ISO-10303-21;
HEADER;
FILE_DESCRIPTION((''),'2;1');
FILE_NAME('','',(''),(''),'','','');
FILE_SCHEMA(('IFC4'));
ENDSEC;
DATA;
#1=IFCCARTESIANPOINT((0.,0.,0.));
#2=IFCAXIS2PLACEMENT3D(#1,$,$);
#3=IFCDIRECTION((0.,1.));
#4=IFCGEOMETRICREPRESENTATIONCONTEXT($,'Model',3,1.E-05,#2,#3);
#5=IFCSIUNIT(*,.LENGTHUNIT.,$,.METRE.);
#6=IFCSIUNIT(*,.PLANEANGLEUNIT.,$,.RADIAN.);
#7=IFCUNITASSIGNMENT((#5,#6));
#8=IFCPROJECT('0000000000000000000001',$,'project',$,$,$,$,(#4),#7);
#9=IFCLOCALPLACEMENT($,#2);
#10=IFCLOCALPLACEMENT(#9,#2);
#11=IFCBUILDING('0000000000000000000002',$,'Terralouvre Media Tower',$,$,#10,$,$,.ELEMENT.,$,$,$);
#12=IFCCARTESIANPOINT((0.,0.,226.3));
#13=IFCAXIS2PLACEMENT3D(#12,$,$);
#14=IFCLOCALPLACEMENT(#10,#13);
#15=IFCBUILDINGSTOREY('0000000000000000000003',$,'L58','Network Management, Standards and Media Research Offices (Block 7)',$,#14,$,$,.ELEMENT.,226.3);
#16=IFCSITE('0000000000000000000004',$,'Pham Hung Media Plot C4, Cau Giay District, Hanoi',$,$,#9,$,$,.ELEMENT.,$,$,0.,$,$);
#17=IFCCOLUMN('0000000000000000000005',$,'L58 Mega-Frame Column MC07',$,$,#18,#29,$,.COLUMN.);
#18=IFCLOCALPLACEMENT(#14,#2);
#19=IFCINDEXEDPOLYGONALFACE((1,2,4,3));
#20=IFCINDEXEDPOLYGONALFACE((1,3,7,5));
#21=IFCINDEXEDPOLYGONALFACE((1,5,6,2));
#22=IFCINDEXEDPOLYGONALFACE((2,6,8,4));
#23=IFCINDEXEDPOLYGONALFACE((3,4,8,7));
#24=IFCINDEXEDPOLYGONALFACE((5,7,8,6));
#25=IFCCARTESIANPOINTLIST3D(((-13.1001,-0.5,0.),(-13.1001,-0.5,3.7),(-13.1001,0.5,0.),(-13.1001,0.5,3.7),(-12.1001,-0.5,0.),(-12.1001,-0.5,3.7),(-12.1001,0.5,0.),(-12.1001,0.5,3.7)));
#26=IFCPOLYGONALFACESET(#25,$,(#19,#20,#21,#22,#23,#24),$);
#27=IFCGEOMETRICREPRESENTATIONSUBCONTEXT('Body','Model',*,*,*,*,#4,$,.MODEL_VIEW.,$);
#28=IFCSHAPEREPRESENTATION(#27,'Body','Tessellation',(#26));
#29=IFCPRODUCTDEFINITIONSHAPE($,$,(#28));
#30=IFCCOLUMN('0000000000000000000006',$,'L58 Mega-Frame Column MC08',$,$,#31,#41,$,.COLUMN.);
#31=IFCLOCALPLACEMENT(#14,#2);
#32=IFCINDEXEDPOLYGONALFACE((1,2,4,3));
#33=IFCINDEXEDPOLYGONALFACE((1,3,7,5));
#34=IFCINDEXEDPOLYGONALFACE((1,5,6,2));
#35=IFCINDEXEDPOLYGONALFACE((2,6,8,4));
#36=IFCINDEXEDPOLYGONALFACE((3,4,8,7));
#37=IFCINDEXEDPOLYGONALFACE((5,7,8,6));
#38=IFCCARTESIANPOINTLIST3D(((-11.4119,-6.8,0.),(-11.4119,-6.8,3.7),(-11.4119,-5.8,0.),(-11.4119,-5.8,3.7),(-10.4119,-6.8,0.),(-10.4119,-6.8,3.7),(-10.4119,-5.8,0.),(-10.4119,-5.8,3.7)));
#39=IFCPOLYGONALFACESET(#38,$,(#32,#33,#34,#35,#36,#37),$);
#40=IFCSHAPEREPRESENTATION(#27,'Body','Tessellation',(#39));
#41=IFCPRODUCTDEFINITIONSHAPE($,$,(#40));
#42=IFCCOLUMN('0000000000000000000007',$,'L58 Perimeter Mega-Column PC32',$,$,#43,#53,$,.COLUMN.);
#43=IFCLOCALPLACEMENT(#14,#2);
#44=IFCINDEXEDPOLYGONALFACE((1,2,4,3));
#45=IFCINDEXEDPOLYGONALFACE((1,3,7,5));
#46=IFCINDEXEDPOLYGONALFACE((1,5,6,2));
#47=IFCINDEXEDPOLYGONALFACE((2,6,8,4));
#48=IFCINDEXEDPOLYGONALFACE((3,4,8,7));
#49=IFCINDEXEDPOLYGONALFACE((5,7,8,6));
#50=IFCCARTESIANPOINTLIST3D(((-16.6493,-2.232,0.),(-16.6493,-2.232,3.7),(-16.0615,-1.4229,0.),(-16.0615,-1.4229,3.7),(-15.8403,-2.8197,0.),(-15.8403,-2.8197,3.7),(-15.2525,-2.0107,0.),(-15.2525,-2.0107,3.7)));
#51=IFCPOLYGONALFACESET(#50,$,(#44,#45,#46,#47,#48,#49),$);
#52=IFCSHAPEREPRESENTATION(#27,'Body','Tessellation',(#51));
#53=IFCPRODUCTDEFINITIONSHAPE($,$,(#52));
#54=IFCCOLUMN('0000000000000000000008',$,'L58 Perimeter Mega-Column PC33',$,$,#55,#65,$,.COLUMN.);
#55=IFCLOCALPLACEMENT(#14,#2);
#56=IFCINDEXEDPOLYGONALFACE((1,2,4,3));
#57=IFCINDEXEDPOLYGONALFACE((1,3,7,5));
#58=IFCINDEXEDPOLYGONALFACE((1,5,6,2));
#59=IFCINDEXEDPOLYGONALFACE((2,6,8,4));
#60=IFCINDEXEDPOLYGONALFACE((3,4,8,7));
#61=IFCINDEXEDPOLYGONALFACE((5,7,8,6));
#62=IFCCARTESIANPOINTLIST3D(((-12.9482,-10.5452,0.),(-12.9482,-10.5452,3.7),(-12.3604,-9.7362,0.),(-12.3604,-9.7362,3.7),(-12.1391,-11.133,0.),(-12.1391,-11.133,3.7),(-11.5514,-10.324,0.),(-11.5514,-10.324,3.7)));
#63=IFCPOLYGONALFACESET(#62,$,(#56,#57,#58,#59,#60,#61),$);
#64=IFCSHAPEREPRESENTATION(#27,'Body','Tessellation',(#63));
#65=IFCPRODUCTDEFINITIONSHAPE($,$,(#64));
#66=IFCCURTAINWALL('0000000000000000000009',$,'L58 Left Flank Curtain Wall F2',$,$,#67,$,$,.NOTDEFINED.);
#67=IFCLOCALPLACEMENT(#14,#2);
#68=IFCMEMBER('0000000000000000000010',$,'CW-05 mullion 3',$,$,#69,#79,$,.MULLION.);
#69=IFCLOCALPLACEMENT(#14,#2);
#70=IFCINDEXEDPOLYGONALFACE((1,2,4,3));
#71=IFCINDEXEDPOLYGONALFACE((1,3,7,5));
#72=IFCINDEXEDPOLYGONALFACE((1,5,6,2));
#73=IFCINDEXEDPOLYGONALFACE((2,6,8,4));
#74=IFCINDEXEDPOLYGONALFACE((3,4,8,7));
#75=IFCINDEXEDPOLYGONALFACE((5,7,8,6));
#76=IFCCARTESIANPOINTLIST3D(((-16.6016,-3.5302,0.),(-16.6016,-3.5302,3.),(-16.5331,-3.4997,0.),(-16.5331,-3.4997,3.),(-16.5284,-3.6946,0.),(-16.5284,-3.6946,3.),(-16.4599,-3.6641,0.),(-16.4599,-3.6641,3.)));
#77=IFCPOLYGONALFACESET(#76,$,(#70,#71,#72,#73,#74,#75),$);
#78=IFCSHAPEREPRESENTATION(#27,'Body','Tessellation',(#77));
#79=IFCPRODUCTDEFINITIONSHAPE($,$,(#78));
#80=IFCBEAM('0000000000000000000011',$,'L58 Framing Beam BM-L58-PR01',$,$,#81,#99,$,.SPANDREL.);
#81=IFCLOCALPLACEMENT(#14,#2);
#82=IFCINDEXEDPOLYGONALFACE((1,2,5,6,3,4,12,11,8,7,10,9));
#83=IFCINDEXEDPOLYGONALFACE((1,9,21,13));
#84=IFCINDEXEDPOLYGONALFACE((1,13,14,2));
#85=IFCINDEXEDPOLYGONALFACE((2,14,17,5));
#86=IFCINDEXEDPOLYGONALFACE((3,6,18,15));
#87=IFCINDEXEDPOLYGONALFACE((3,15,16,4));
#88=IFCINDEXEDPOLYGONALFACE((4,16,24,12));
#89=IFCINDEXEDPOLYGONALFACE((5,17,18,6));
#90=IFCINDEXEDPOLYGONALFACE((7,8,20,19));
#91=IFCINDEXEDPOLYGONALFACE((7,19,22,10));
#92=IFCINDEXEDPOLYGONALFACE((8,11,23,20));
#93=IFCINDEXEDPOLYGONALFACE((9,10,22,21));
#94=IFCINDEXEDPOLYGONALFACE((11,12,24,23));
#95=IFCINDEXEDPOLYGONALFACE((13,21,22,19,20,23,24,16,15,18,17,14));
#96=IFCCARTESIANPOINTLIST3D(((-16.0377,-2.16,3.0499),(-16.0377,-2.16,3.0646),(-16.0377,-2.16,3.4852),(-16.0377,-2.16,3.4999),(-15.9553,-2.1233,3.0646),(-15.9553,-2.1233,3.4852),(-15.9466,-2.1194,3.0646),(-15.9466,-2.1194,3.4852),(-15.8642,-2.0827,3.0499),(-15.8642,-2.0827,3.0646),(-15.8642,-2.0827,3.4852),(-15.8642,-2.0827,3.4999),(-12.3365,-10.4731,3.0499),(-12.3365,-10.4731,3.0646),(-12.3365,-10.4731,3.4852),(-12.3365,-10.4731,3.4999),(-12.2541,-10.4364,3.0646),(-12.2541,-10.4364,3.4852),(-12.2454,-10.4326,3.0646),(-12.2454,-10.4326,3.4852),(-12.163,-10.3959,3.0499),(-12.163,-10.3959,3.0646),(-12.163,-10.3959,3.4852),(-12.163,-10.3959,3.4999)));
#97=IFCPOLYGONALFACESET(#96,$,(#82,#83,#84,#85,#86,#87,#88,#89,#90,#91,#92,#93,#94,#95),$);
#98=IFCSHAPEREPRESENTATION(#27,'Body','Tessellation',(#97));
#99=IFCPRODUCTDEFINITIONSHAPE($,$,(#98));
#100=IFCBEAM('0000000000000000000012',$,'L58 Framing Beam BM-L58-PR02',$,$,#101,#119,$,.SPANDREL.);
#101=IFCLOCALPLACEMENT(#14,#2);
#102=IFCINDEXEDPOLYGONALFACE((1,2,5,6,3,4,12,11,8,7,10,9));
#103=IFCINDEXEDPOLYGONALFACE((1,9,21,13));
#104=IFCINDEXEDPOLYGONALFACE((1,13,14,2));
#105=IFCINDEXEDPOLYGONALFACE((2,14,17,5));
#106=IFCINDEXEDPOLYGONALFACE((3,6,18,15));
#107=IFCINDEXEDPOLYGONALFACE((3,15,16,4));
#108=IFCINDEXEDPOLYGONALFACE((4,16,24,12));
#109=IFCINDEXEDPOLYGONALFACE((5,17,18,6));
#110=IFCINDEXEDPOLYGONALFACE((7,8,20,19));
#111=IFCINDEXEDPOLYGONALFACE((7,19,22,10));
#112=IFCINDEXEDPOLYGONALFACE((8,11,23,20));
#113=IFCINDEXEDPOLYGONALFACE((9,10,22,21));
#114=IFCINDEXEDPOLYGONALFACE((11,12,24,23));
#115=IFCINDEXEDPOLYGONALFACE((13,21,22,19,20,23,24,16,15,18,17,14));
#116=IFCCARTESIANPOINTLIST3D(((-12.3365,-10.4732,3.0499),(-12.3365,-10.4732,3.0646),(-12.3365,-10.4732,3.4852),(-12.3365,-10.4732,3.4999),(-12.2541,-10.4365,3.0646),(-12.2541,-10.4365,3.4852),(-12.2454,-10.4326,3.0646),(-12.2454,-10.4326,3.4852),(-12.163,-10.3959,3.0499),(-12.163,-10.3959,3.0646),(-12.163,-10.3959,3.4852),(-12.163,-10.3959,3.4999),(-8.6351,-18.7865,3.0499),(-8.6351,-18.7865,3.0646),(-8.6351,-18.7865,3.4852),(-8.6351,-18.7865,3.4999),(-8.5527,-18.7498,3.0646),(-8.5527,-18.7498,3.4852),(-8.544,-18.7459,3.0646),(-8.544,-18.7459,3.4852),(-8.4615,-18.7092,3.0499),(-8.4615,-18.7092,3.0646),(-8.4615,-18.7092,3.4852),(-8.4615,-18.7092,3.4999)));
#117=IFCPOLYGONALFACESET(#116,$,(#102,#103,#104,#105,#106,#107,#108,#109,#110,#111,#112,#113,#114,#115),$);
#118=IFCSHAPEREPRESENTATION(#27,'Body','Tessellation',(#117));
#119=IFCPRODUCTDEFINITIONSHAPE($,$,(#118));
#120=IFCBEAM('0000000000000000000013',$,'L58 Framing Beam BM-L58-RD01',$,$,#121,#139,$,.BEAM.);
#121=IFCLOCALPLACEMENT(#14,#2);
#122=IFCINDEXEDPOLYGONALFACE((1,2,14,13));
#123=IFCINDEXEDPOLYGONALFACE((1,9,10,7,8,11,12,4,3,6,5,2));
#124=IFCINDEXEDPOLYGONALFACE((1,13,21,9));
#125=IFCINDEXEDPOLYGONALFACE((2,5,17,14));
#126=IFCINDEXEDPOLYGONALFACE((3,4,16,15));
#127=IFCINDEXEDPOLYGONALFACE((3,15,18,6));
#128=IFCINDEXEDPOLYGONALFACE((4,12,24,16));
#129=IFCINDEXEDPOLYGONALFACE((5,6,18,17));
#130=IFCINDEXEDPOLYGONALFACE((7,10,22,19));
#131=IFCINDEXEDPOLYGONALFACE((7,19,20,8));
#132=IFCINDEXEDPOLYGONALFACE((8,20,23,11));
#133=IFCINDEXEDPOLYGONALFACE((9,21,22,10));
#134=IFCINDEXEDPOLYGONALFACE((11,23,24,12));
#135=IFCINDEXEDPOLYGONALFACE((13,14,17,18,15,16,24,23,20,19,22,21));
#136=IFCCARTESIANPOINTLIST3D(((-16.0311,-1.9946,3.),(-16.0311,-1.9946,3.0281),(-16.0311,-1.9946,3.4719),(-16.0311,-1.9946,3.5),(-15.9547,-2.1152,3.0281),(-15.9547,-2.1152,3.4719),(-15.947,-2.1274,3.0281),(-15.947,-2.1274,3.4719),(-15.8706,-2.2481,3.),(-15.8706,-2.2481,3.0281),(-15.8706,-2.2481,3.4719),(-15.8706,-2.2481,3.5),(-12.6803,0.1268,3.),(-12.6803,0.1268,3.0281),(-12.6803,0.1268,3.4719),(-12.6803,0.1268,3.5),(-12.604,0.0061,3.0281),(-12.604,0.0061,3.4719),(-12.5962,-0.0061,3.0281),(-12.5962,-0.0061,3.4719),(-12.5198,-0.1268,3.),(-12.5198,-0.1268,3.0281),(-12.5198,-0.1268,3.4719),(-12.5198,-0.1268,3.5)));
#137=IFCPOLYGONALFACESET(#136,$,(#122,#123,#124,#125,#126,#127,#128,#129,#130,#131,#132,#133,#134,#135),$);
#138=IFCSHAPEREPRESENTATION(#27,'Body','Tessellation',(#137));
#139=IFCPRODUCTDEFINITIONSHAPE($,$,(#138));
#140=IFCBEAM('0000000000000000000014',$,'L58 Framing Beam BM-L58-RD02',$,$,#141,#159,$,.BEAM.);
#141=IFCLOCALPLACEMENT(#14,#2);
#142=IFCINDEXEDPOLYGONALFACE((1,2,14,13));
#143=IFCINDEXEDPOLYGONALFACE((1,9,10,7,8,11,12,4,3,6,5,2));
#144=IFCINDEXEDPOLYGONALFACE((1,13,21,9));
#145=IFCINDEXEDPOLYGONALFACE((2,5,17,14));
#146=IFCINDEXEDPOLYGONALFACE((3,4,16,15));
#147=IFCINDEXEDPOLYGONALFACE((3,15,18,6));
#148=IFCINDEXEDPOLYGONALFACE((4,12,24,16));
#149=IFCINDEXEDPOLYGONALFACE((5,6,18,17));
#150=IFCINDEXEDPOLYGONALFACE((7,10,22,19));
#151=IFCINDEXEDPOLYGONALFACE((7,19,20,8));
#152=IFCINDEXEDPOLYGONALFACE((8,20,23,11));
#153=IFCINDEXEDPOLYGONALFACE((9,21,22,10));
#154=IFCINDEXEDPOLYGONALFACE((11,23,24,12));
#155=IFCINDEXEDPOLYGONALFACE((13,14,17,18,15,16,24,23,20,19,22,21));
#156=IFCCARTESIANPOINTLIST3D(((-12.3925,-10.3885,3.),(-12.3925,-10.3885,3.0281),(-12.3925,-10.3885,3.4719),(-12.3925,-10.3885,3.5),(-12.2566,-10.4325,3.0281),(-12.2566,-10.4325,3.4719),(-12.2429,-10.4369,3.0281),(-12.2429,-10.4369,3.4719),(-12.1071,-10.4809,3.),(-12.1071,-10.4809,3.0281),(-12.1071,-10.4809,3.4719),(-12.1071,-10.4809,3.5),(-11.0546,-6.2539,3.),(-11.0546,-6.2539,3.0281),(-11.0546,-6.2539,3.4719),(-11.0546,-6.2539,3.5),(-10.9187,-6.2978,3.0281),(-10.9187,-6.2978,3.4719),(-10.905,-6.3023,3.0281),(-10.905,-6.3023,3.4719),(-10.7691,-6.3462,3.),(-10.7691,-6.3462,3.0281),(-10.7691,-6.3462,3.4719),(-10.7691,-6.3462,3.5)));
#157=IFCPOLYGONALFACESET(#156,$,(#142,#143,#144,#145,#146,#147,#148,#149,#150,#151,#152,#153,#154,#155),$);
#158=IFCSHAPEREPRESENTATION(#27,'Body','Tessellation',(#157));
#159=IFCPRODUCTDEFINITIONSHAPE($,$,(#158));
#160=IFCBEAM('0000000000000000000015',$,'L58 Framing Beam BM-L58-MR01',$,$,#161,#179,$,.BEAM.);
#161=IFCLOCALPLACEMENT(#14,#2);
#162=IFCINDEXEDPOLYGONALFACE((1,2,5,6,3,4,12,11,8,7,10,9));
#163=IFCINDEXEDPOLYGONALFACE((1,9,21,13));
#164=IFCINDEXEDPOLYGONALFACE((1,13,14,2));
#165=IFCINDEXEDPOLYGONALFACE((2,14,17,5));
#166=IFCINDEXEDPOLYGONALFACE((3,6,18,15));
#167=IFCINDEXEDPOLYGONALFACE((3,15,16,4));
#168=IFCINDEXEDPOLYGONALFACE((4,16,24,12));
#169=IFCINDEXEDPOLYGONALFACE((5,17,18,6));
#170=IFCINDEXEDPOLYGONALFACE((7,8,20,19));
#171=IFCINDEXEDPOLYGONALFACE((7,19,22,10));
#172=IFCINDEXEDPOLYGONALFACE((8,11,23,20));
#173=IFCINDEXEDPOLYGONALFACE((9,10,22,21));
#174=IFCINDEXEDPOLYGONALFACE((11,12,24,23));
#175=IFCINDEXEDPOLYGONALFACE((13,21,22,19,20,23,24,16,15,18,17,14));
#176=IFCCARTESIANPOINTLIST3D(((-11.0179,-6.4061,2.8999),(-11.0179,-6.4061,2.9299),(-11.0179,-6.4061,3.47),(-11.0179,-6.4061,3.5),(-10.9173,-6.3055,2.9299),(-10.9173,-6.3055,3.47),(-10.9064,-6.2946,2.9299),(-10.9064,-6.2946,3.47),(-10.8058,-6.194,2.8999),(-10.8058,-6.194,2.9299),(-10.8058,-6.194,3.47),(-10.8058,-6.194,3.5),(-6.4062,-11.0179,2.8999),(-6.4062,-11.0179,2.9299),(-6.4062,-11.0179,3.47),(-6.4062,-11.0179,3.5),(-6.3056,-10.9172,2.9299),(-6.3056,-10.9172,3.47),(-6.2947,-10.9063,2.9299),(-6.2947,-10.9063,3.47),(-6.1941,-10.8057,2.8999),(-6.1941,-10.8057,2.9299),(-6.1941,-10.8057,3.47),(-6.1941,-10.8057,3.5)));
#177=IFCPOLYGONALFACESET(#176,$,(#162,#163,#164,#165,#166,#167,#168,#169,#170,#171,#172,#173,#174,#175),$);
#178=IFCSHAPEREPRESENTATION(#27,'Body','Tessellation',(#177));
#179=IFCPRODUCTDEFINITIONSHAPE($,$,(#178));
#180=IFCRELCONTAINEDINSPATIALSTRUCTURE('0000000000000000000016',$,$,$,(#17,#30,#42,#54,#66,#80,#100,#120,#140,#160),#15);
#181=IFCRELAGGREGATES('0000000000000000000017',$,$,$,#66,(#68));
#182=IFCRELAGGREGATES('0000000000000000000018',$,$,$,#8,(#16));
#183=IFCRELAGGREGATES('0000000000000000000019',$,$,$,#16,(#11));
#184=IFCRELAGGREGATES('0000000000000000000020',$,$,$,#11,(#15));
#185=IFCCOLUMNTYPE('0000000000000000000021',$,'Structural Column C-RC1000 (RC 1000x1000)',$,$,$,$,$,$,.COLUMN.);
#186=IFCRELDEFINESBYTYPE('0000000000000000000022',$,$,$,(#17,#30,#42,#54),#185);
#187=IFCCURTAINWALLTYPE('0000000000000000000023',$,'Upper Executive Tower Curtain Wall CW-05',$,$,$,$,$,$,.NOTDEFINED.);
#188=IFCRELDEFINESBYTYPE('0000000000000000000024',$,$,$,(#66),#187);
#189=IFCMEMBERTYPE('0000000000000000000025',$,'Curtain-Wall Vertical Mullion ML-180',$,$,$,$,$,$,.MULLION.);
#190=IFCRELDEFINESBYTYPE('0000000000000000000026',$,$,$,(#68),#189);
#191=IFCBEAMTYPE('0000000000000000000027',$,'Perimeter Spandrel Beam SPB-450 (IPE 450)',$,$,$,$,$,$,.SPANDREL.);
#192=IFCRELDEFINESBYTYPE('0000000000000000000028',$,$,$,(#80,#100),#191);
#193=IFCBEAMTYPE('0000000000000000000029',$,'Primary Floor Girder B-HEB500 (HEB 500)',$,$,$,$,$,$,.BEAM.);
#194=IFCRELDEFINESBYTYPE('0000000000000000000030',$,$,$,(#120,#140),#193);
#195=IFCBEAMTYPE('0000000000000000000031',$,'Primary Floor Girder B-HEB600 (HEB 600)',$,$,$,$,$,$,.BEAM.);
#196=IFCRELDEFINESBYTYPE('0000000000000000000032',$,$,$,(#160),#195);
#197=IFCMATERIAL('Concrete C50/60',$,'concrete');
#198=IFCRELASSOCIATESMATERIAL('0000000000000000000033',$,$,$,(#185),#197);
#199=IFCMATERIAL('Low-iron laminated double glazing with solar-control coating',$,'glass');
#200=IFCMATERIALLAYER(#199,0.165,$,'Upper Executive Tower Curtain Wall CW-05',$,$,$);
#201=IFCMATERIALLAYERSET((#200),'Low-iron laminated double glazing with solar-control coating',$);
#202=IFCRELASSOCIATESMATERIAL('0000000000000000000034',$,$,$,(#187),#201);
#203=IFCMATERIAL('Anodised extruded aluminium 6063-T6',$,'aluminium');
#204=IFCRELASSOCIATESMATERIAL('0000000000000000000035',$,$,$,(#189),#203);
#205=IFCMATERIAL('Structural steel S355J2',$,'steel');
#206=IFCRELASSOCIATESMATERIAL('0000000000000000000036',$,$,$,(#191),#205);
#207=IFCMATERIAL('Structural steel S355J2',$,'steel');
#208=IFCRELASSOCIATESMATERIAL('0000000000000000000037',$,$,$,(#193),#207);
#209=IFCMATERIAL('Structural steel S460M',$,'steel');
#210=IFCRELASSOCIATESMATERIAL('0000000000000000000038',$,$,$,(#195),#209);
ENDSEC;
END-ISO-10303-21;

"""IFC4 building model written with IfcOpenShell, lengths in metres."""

from ifc_helpers import new_model, si_unit, direction, frame, origin, origin_2d, place, context, subcontext, project, spatial, rectangle, i_section, extrude, material, layer, layer_set, material_profile, profile_set, type_object, element, aggregate, save


model = new_model("IFC4")

# Units and contexts
model_context = context("Model", 3, precision=1e-05, world=origin(), true_north=direction((0.0, 1.0)))
body_context = subcontext(model_context, "Body", "Model", "MODEL_VIEW")
ifc_project = project(units=[si_unit("LENGTHUNIT", "METRE"), si_unit("PLANEANGLEUNIT", "RADIAN")], contexts=[model_context])

# Site, building, storey
site_placement = place(None, origin())
site = spatial("IfcSite", under=ifc_project, at=site_placement, Name="Pham Hung Media Plot C4, Cau Giay District, Hanoi", CompositionType="ELEMENT", RefElevation=0.0)
building_placement = place(site_placement, origin())
building = spatial("IfcBuilding", under=site, at=building_placement, Name="Terralouvre Media Tower", CompositionType="ELEMENT")
storey_placement = place(building_placement, frame((0.0, 0.0, 226.3)))
storey = spatial("IfcBuildingStorey", under=building, at=storey_placement, Name="L58", Description="Network Management, Standards and Media Research Offices (Block 7)", CompositionType="ELEMENT", Elevation=226.3)

# Columns
ifc_material_1 = material(Name="Concrete C50/60", Category="concrete")
ifc_material_profile_1 = material_profile(ifc_material_1, rectangle(XDim=1.0, YDim=1.0, at=origin_2d()), Name="RC 1000x1000")
ifc_profile_set_1 = profile_set([ifc_material_profile_1], Name="Concrete C50/60")
column_type = type_object("IfcColumnType", Name="Structural Column C-RC1000 (RC 1000x1000)", PredefinedType="COLUMN", material=ifc_profile_set_1)
for number, where, z_axis, x_axis, name in (
    (1, (-12.6001, 0.0, 0.0), (0.0, 0.0, 1.0), (1.0, 0.0, 0.0), "L58 Mega-Frame Column MC07"),
    (2, (-10.9119, -6.3, 0.0), (0.0, 0.0, 1.0), (1.0, 0.0, 0.0), "L58 Mega-Frame Column MC08"),
    (3, (-15.9509, -2.1213, 0.0), (0.0, 0.0, 1.0), (0.587785, 0.809017, 0.0), "L58 Perimeter Mega-Column PC32"),
    (4, (-12.2498, -10.4346, 0.0), (0.0, 0.0, 1.0), (0.587785, 0.809017, 0.0), "L58 Perimeter Mega-Column PC33"),
):
    element("IfcColumn", number, at=place(storey_placement, frame(where, z_axis=z_axis, x_axis=x_axis)), inside=storey, type_object=column_type, Name=name, PredefinedType="COLUMN", context=body_context, shape_type="SweptSolid", body=[
        extrude(rectangle(XDim=1.0, YDim=1.0, at=origin_2d()), origin(), (0.0, 0.0, 1.0), 3.7),
    ])

# Curtain wall, member
ifc_material_2 = material(Name="Low-iron laminated double glazing with solar-control coating", Category="glass")
ifc_layer_1 = layer(ifc_material_2, 0.165, Name="Upper Executive Tower Curtain Wall CW-05")
ifc_layer_set_1 = layer_set([ifc_layer_1], Name="Low-iron laminated double glazing with solar-control coating")
curtain_wall_type = type_object("IfcCurtainWallType", Name="Upper Executive Tower Curtain Wall CW-05", PredefinedType="NOTDEFINED", material=ifc_layer_set_1)
curtain_wall_placement = place(storey_placement, origin())
curtain_wall = element("IfcCurtainWall", 5, at=curtain_wall_placement, inside=storey, type_object=curtain_wall_type, Name="L58 Left Flank Curtain Wall F2", PredefinedType="NOTDEFINED")
ifc_material_3 = material(Name="Anodised extruded aluminium 6063-T6", Category="aluminium")
ifc_material_profile_2 = material_profile(ifc_material_3, rectangle(XDim=0.075, YDim=0.1799, at=origin_2d()), Name="ALU 75x180")
ifc_profile_set_2 = profile_set([ifc_material_profile_2], Name="Anodised extruded aluminium 6063-T6")
member_type = type_object("IfcMemberType", Name="Curtain-Wall Vertical Mullion ML-180", PredefinedType="MULLION", material=ifc_profile_set_2)
member_placement = place(storey_placement, frame((-16.5308, -3.5972, 0.0), z_axis=(0.0, 0.0, 1.0), x_axis=(0.913545, 0.406737, 0.0)))
member = element("IfcMember", 6, at=member_placement, type_object=member_type, Name="CW-05 mullion 3", PredefinedType="MULLION", context=body_context, shape_type="SweptSolid", body=[
    extrude(rectangle(XDim=0.075, YDim=0.1799, at=origin_2d()), origin(), (0.0, 0.0, 1.0), 3.0),
])
aggregate(curtain_wall, [member])

# Beams
ifc_material_4 = material(Name="Structural steel S355J2", Category="steel")
ifc_material_profile_3 = material_profile(ifc_material_4, i_section(OverallWidth=0.1899, OverallDepth=0.45, WebThickness=0.0095, FlangeThickness=0.0146, at=origin_2d()), Name="IPE 450")
ifc_profile_set_3 = profile_set([ifc_material_profile_3], Name="Structural steel S355J2")
beam_type_1 = type_object("IfcBeamType", Name="Perimeter Spandrel Beam SPB-450 (IPE 450)", PredefinedType="SPANDREL", material=ifc_profile_set_3)
beam_1_placement = place(storey_placement, frame((-15.9509, -2.1213, 3.2749), z_axis=(0.406726, -0.91355, 0.0), x_axis=(0.91355, 0.406726, 0.0)))
element("IfcBeam", 7, at=beam_1_placement, inside=storey, type_object=beam_type_1, Name="L58 Framing Beam BM-L58-PR01", PredefinedType="SPANDREL", context=body_context, shape_type="SweptSolid", body=[
    extrude(i_section(OverallWidth=0.1899, OverallDepth=0.45, WebThickness=0.0095, FlangeThickness=0.0146, at=origin_2d()), origin(), (0.0, 0.0, 1.0), 9.0999),
])
beam_2_placement = place(storey_placement, frame((-12.2498, -10.4346, 3.2749), z_axis=(0.406748, -0.91354, 0.0), x_axis=(0.91354, 0.406748, 0.0)))
element("IfcBeam", 8, at=beam_2_placement, inside=storey, type_object=beam_type_1, Name="L58 Framing Beam BM-L58-PR02", PredefinedType="SPANDREL", context=body_context, shape_type="SweptSolid", body=[
    extrude(i_section(OverallWidth=0.1899, OverallDepth=0.45, WebThickness=0.0095, FlangeThickness=0.0146, at=origin_2d()), origin(), (0.0, 0.0, 1.0), 9.1001),
])
ifc_material_5 = material(Name="Structural steel S355J2", Category="steel")
ifc_material_profile_4 = material_profile(ifc_material_5, i_section(OverallWidth=0.3, OverallDepth=0.5, WebThickness=0.0144, FlangeThickness=0.0281, at=origin_2d()), Name="HEB 500")
ifc_profile_set_4 = profile_set([ifc_material_profile_4], Name="Structural steel S355J2")
beam_type_2 = type_object("IfcBeamType", Name="Primary Floor Girder B-HEB500 (HEB 500)", PredefinedType="BEAM", material=ifc_profile_set_4)
beam_3_placement = place(storey_placement, frame((-12.6001, 0.0, 3.25), z_axis=(-0.844916, -0.534898, 0.0), x_axis=(0.534898, -0.844916, 0.0)))
element("IfcBeam", 9, at=beam_3_placement, inside=storey, type_object=beam_type_2, Name="L58 Framing Beam BM-L58-RD01", PredefinedType="BEAM", context=body_context, shape_type="SweptSolid", body=[
    extrude(i_section(OverallWidth=0.3, OverallDepth=0.5, WebThickness=0.0144, FlangeThickness=0.0281, at=origin_2d()), origin(), (0.0, 0.0, 1.0), 3.9658),
])
beam_4_placement = place(storey_placement, frame((-10.9119, -6.3, 3.25), z_axis=(-0.307873, -0.951428, 0.0), x_axis=(0.951428, -0.307873, 0.0)))
element("IfcBeam", 10, at=beam_4_placement, inside=storey, type_object=beam_type_2, Name="L58 Framing Beam BM-L58-RD02", PredefinedType="BEAM", context=body_context, shape_type="SweptSolid", body=[
    extrude(i_section(OverallWidth=0.3, OverallDepth=0.5, WebThickness=0.0144, FlangeThickness=0.0281, at=origin_2d()), origin(), (0.0, 0.0, 1.0), 4.3457),
])
ifc_material_6 = material(Name="Structural steel S460M", Category="steel")
ifc_material_profile_5 = material_profile(ifc_material_6, i_section(OverallWidth=0.3, OverallDepth=0.6001, WebThickness=0.0154, FlangeThickness=0.03, at=origin_2d()), Name="HEB 600")
ifc_profile_set_5 = profile_set([ifc_material_profile_5], Name="Structural steel S460M")
beam_type_3 = type_object("IfcBeamType", Name="Primary Floor Girder B-HEB600 (HEB 600)", PredefinedType="BEAM", material=ifc_profile_set_5)
beam_5_placement = place(storey_placement, frame((-10.9119, -6.3, 3.2), z_axis=(0.707107, -0.707107, 0.0), x_axis=(0.707107, 0.707107, 0.0)))
element("IfcBeam", 11, at=beam_5_placement, inside=storey, type_object=beam_type_3, Name="L58 Framing Beam BM-L58-MR01", PredefinedType="BEAM", context=body_context, shape_type="SweptSolid", body=[
    extrude(i_section(OverallWidth=0.3, OverallDepth=0.6001, WebThickness=0.0154, FlangeThickness=0.03, at=origin_2d()), origin(), (0.0, 0.0, 1.0), 6.522),
])

save(model, "model.ifc")
